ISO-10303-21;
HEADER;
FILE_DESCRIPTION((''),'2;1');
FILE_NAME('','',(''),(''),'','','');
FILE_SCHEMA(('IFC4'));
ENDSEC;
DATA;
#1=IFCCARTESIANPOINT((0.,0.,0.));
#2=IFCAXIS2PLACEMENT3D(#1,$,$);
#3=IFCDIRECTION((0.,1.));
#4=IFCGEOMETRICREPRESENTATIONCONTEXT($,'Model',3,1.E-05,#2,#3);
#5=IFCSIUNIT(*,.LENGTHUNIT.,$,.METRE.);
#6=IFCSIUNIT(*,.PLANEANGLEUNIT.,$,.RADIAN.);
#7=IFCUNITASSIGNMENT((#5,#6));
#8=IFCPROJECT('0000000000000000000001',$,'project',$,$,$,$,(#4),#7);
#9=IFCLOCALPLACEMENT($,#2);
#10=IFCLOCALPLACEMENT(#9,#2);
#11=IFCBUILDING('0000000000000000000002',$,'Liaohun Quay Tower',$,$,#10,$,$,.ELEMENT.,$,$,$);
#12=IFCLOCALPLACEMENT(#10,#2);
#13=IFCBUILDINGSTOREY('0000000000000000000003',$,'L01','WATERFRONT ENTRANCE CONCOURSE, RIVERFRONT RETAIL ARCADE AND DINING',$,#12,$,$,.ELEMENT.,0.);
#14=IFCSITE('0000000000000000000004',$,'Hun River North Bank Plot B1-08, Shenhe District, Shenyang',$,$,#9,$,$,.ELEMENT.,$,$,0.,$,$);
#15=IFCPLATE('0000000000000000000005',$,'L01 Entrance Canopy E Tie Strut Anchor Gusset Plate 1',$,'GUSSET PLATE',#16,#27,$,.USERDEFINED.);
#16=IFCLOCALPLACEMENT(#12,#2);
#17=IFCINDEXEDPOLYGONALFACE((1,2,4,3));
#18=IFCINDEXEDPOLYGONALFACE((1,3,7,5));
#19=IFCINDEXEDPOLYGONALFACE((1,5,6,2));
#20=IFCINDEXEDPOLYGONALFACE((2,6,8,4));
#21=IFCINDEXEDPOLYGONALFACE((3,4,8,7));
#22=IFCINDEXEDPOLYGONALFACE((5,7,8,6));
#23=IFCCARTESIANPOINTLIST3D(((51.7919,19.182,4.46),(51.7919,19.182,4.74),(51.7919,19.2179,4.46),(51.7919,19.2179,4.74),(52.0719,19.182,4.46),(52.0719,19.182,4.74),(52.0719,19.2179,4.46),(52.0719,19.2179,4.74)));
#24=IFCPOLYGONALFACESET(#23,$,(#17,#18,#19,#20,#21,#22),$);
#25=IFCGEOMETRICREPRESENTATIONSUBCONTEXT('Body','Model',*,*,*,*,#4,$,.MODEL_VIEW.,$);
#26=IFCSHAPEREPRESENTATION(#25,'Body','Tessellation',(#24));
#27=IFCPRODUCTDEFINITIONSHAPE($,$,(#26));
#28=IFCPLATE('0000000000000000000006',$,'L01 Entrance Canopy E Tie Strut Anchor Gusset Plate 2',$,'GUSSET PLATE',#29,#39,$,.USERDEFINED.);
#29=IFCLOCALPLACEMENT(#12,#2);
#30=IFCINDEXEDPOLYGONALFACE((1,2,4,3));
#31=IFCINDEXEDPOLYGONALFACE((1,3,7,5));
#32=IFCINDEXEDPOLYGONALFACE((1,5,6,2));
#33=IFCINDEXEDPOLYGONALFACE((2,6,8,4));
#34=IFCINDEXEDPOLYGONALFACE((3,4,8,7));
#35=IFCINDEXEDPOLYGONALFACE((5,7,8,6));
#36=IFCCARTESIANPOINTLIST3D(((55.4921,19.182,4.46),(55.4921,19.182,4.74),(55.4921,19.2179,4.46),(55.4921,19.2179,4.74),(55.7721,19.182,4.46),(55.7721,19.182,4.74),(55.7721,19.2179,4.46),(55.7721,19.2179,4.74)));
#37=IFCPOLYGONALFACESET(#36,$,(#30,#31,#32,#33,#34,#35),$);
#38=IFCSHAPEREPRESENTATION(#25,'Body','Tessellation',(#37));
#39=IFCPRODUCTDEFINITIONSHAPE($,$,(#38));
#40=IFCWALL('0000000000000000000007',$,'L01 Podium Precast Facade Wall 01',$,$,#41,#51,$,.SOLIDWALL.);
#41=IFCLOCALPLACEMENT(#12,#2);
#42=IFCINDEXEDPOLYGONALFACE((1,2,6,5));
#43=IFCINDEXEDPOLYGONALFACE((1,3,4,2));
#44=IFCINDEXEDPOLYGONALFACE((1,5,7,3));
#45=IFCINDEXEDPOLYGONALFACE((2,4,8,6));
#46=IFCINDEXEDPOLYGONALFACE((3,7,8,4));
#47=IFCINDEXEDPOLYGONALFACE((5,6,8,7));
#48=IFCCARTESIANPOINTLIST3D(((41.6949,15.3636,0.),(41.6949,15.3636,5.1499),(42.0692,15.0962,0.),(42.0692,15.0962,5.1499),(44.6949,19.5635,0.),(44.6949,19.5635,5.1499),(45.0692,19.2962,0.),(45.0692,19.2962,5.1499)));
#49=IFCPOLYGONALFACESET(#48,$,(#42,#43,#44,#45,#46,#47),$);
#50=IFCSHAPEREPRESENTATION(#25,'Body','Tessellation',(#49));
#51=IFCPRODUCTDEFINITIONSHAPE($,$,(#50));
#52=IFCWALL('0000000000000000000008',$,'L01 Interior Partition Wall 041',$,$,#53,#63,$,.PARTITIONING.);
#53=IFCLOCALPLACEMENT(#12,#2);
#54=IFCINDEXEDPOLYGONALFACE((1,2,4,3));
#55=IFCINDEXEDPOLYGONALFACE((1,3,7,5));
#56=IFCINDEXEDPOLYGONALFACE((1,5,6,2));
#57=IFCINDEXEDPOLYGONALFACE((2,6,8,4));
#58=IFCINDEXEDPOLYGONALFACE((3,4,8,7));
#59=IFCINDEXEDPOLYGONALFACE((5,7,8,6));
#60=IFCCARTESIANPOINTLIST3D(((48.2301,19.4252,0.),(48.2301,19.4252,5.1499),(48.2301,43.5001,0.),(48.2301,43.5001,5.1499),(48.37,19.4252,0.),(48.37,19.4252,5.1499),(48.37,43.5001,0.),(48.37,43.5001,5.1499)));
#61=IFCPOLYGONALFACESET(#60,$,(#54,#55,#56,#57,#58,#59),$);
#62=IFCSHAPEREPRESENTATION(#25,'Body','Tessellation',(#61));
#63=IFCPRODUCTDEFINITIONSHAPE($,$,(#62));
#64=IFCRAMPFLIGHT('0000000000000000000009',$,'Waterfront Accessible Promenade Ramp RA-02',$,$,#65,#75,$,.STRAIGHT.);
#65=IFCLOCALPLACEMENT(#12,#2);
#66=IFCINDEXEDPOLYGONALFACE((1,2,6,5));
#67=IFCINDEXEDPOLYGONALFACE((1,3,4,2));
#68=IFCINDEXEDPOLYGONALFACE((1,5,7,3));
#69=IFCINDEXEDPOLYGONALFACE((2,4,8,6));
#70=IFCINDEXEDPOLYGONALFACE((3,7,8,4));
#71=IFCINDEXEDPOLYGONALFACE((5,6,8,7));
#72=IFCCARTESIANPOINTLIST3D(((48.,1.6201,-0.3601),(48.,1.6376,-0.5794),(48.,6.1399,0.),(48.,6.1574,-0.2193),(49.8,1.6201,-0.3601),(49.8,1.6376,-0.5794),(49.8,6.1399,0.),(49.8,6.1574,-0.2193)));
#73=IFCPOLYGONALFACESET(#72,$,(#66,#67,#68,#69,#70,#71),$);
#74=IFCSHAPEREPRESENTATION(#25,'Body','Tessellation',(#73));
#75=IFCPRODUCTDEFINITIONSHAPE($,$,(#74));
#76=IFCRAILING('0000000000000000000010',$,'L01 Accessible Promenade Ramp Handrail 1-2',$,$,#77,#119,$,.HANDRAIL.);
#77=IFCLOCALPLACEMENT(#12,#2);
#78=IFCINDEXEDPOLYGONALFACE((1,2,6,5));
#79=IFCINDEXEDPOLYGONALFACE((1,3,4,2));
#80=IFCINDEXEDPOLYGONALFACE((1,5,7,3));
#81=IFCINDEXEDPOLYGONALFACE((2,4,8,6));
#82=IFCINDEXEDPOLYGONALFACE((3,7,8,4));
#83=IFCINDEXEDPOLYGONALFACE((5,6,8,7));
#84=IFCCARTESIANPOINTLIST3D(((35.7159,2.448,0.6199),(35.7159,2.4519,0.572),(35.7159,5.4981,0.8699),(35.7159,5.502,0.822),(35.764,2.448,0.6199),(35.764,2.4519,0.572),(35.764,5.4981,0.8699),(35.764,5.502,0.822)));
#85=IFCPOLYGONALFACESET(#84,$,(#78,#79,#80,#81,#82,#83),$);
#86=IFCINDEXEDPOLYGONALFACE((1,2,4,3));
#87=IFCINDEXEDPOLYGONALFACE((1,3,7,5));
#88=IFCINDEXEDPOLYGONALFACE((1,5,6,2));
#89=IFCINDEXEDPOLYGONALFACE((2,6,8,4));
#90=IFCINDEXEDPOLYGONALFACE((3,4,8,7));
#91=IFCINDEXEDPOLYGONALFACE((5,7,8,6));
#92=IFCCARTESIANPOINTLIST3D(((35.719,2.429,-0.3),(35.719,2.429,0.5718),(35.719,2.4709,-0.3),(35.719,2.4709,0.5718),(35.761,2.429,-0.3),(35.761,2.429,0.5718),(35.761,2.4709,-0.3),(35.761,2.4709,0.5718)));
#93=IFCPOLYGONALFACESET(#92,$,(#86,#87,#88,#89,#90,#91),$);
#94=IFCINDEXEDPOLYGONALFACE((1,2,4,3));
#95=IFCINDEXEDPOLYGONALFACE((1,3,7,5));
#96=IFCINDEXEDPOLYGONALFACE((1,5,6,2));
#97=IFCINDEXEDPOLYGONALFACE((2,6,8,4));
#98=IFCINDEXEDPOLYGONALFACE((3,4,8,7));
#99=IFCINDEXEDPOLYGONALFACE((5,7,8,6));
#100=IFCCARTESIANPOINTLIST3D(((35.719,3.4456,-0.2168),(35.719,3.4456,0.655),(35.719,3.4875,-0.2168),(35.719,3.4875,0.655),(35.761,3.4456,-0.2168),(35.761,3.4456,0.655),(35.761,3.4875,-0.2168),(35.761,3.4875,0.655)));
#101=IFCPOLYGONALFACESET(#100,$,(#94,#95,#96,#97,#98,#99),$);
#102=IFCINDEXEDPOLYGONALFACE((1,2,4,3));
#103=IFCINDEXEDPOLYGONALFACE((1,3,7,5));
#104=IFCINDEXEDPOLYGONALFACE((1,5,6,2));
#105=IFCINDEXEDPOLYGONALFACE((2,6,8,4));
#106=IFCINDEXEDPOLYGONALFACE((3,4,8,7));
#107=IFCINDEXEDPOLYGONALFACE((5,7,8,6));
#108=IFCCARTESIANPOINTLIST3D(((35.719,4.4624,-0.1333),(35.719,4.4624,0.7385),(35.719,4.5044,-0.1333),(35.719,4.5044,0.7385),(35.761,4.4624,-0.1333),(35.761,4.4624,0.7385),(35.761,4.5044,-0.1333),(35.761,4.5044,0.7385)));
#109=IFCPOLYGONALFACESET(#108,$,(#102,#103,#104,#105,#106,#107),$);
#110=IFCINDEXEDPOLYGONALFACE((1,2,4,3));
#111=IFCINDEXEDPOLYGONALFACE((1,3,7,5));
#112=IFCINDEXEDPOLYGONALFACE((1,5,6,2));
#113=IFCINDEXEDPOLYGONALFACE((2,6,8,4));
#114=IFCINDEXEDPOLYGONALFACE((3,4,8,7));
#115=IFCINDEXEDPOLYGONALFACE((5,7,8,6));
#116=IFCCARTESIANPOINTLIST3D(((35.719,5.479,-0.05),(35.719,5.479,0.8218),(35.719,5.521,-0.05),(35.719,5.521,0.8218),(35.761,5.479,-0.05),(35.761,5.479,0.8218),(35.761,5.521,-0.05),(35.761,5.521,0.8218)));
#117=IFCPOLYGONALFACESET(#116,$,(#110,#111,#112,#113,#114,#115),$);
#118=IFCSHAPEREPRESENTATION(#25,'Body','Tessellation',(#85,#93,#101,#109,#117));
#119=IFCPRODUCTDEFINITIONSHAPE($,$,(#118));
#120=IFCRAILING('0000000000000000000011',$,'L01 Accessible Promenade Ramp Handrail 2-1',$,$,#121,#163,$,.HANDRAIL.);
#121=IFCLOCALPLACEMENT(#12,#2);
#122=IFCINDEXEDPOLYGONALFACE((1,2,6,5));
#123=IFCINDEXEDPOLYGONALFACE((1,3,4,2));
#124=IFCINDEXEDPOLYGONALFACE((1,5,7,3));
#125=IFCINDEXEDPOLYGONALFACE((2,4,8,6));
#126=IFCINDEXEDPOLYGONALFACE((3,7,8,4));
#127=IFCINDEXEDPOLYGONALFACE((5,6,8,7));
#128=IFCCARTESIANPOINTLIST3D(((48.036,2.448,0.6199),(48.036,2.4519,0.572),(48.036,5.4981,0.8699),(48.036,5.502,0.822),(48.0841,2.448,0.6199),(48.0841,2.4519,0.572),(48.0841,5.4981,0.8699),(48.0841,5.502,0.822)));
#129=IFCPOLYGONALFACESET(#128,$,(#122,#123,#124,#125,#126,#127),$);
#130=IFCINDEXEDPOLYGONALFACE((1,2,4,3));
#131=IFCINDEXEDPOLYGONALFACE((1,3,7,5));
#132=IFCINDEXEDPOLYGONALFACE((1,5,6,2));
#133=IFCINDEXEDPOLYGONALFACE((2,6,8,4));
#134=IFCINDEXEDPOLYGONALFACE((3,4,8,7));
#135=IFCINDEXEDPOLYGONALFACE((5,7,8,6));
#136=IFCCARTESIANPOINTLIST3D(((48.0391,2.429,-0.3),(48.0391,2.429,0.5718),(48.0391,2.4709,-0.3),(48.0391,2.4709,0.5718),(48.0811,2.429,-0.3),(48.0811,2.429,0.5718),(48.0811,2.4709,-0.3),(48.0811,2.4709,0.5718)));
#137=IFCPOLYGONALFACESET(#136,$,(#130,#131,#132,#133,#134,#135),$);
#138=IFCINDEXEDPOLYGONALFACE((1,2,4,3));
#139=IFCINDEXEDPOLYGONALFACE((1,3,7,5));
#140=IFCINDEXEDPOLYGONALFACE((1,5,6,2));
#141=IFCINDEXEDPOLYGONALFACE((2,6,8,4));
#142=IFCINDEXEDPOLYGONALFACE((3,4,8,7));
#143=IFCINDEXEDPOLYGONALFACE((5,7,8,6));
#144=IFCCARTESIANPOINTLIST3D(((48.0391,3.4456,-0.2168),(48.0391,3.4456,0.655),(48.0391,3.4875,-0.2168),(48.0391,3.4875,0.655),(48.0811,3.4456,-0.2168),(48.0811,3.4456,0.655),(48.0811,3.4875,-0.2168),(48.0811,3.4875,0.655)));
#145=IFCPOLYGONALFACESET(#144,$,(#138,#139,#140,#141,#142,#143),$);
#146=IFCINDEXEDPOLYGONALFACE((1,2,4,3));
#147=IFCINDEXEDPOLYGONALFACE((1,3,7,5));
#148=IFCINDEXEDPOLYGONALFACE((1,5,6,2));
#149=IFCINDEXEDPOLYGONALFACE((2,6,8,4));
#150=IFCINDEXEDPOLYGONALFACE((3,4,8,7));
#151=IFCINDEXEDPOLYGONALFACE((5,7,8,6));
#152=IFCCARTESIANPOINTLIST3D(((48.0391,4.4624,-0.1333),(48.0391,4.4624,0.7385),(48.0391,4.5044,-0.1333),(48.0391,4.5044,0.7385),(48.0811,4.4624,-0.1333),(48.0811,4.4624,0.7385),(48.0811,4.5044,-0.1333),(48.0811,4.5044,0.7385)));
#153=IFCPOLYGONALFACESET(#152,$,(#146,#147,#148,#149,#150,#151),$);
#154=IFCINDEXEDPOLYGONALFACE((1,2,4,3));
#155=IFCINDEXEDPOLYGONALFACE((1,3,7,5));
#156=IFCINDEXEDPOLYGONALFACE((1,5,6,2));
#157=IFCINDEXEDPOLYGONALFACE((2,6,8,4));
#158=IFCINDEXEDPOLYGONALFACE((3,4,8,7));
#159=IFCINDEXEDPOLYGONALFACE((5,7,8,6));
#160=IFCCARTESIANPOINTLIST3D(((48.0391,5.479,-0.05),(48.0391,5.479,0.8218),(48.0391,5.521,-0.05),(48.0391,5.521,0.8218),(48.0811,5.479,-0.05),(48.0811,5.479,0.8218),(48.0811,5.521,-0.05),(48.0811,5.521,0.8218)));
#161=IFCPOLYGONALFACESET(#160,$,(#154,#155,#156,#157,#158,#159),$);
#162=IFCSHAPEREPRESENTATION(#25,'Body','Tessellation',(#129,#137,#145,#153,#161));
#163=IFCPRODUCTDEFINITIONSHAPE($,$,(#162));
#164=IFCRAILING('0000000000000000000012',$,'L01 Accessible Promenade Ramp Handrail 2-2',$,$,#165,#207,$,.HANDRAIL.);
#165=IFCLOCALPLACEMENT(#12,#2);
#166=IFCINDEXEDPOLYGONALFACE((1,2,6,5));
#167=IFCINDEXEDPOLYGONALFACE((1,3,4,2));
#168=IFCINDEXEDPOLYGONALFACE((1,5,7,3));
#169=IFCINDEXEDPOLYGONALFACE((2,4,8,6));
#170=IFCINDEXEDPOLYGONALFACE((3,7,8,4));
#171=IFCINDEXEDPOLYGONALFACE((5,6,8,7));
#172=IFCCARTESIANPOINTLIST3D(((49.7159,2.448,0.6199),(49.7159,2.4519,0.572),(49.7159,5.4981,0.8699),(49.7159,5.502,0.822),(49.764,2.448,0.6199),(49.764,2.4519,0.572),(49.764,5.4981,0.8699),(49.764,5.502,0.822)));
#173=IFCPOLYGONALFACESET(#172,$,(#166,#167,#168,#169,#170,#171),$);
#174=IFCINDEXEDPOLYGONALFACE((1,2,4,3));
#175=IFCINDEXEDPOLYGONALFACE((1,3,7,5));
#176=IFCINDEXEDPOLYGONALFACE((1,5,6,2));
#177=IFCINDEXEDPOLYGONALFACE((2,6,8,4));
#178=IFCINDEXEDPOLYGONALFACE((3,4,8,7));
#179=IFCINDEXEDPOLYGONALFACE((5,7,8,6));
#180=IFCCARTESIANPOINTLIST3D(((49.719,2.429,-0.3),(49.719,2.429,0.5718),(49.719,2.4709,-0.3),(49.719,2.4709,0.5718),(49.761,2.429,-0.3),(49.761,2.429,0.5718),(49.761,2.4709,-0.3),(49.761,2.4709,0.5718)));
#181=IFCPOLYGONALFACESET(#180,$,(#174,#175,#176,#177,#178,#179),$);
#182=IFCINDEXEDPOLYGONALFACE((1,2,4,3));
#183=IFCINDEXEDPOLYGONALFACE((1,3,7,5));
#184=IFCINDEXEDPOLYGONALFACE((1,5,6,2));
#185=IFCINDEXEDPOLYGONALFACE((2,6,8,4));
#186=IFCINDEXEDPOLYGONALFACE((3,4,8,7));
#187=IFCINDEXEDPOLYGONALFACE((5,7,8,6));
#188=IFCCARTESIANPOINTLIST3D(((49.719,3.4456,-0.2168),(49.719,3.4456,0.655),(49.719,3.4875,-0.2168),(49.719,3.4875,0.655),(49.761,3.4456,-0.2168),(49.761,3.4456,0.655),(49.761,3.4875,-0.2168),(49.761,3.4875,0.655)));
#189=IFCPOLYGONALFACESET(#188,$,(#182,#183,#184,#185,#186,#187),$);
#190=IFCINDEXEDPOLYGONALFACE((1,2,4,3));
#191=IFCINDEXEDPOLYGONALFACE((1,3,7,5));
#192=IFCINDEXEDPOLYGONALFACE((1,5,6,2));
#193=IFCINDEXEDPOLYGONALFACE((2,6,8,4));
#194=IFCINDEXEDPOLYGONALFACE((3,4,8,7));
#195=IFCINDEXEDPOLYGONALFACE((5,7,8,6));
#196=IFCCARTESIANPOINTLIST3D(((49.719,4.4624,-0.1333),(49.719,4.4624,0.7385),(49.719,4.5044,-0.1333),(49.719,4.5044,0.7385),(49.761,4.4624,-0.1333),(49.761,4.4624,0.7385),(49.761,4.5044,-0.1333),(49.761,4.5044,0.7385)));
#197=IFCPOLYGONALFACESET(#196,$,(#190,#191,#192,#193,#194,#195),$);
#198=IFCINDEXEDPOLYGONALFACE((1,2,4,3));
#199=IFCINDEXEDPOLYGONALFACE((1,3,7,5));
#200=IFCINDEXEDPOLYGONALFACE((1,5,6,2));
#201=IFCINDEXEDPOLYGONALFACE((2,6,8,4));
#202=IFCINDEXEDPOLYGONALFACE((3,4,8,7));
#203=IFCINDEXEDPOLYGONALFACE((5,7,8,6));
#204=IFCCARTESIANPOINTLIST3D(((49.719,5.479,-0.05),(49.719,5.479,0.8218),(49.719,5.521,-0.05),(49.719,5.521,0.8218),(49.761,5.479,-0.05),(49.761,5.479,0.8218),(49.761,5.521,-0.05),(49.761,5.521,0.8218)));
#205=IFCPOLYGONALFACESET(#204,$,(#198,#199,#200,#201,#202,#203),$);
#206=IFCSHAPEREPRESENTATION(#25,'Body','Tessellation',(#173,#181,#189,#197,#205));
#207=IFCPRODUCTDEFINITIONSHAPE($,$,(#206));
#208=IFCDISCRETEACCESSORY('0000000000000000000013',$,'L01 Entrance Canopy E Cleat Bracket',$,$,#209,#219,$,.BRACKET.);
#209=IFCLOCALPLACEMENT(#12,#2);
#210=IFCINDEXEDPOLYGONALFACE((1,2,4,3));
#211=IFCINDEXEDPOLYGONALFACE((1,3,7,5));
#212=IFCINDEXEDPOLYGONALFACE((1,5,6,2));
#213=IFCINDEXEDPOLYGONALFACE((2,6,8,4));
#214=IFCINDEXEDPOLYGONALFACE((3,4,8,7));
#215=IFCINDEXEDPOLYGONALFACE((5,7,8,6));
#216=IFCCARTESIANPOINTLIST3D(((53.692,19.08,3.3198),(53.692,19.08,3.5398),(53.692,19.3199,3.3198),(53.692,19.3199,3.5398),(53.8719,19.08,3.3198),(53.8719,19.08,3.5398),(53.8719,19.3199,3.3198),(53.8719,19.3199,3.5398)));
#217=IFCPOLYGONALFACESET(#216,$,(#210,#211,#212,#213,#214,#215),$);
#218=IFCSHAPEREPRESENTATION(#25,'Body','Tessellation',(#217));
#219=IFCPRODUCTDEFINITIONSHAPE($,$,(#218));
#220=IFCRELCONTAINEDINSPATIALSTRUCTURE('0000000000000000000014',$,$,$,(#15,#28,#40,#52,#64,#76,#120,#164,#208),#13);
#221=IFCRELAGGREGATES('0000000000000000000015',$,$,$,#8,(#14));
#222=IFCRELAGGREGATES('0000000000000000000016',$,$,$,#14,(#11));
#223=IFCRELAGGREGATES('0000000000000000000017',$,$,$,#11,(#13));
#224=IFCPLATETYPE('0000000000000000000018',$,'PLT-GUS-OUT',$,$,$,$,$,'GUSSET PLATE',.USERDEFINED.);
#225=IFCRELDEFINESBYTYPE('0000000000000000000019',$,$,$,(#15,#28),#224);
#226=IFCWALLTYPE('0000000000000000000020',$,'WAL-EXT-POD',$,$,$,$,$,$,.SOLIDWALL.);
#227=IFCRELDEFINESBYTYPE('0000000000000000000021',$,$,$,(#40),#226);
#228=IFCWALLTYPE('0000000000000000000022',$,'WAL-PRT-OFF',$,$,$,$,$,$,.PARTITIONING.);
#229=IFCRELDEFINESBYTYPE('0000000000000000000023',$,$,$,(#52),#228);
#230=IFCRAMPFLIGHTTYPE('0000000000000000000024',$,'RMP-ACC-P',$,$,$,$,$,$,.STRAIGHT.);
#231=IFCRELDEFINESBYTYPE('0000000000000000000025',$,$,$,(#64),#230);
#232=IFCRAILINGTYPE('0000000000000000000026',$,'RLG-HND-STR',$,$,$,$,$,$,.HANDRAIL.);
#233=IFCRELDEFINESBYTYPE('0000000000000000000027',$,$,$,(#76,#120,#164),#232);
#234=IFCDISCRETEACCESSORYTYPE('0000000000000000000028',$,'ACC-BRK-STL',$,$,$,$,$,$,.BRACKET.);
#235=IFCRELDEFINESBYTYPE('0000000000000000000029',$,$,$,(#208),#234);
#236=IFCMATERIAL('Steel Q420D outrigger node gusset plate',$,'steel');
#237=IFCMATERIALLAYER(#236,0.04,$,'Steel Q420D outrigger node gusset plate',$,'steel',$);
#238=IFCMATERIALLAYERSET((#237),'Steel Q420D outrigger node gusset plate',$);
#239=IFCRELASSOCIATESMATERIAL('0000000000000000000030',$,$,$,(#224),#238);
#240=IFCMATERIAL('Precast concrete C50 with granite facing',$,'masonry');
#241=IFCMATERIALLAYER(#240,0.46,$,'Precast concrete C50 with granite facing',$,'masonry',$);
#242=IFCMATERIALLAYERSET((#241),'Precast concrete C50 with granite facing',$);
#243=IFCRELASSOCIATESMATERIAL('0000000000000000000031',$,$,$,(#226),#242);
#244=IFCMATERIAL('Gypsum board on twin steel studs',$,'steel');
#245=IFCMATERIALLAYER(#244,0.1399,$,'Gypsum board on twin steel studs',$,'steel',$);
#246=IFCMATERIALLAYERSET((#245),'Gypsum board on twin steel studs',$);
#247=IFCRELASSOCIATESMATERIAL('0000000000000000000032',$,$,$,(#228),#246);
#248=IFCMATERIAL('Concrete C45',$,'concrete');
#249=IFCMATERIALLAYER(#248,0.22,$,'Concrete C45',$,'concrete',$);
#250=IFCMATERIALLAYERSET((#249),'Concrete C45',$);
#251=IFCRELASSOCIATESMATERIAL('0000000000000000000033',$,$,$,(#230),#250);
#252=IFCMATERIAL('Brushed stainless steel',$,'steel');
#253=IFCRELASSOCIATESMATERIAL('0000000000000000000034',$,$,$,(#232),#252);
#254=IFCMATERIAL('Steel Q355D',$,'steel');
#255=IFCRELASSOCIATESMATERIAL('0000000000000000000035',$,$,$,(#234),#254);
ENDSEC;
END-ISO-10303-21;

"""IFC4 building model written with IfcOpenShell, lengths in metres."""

from ifc_helpers import new_model, si_unit, direction, frame, frame_2d, origin, origin_2d, place, context, subcontext, project, spatial, polyline, rectangle, outline, extrude, source, transform, mapped, material, layer, layer_set, type_object, element, save


model = new_model("IFC4")

# Units and contexts
model_context = context("Model", 3, precision=1e-05, world=origin(), true_north=direction((0.0, 1.0)))
body_context = subcontext(model_context, "Body", "Model", "MODEL_VIEW")
ifc_project = project(units=[si_unit("LENGTHUNIT", "METRE"), si_unit("PLANEANGLEUNIT", "RADIAN")], contexts=[model_context])

# Site, building, storey
site_placement = place(None, origin())
site = spatial("IfcSite", under=ifc_project, at=site_placement, Name="Hun River North Bank Plot B1-08, Shenhe District, Shenyang", CompositionType="ELEMENT", RefElevation=0.0)
building_placement = place(site_placement, origin())
building = spatial("IfcBuilding", under=site, at=building_placement, Name="Liaohun Quay Tower", CompositionType="ELEMENT")
storey_placement = place(building_placement, origin())
storey = spatial("IfcBuildingStorey", under=building, at=storey_placement, Name="L01", Description="WATERFRONT ENTRANCE CONCOURSE, RIVERFRONT RETAIL ARCADE AND DINING", CompositionType="ELEMENT", Elevation=0.0)

# Shared definitions
ifc_material_1 = material(Name="Steel Q355D", Category="steel")

# Plates
ifc_material_2 = material(Name="Steel Q420D outrigger node gusset plate", Category="steel")
ifc_layer_1 = layer(ifc_material_2, 0.04, Name="Steel Q420D outrigger node gusset plate", Category="steel")
ifc_layer_set_1 = layer_set([ifc_layer_1], Name="Steel Q420D outrigger node gusset plate")
plate_type_1 = type_object("IfcPlateType", Name="PLT-GUS-OUT", ElementType="GUSSET PLATE", PredefinedType="USERDEFINED", material=ifc_layer_set_1)
shared_shape_1 = source(origin(), body_context, "Body", "SweptSolid", [
    extrude(rectangle(XDim=0.28, YDim=0.0359, at=origin_2d()), origin(), (0.0, 0.0, 1.0), 0.28),
])
for number, where, z_axis, x_axis, name in (
    (1, (51.9319, 19.2, 4.46), (0.0, 0.0, 1.0), (1.0, 0.0, 0.0), "L01 Entrance Canopy E Tie Strut Anchor Gusset Plate 1"),
    (2, (55.6321, 19.2, 4.46), (0.0, 0.0, 1.0), (1.0, 0.0, 0.0), "L01 Entrance Canopy E Tie Strut Anchor Gusset Plate 2"),
):
    element("IfcPlate", number, at=place(storey_placement, frame(where, z_axis=z_axis, x_axis=x_axis)), inside=storey, type_object=plate_type_1, Name=name, ObjectType="GUSSET PLATE", PredefinedType="USERDEFINED", context=body_context, shape_type="MappedRepresentation", body=[
        mapped(shared_shape_1, transform((0.0, 0.0, 0.0), x_axis=(1.0, 0.0, 0.0), y_axis=(0.0, 1.0, 0.0), z_axis=(0.0, 0.0, 1.0), scale=1.0)),
    ])

# Walls
ifc_material_3 = material(Name="Precast concrete C50 with granite facing", Category="masonry")
ifc_layer_2 = layer(ifc_material_3, 0.46, Name="Precast concrete C50 with granite facing", Category="masonry")
ifc_layer_set_2 = layer_set([ifc_layer_2], Name="Precast concrete C50 with granite facing")
wall_type_1 = type_object("IfcWallType", Name="WAL-EXT-POD", PredefinedType="SOLIDWALL", material=ifc_layer_set_2)
wall_1_placement = place(storey_placement, frame((41.8821, 15.23, 0.0), z_axis=(0.0, 0.0, 1.0), x_axis=(0.581243, 0.81373, 0.0)))
element("IfcWall", 3, at=wall_1_placement, inside=storey, type_object=wall_type_1, Name="L01 Podium Precast Facade Wall 01", PredefinedType="SOLIDWALL", context=body_context, shape_type="SweptSolid", body=[
    extrude(rectangle(XDim=5.1614, YDim=0.46, at=frame_2d((2.5806, 0.0))), origin(), (0.0, 0.0, 1.0), 5.1499),
])
ifc_material_4 = material(Name="Gypsum board on twin steel studs", Category="steel")
ifc_layer_3 = layer(ifc_material_4, 0.1399, Name="Gypsum board on twin steel studs", Category="steel")
ifc_layer_set_3 = layer_set([ifc_layer_3], Name="Gypsum board on twin steel studs")
wall_type_2 = type_object("IfcWallType", Name="WAL-PRT-OFF", PredefinedType="PARTITIONING", material=ifc_layer_set_3)
wall_2_placement = place(storey_placement, frame((48.3, 19.425, 0.0), z_axis=(0.0, 0.0, 1.0), x_axis=(0.0, 1.0, 0.0)))
element("IfcWall", 4, at=wall_2_placement, inside=storey, type_object=wall_type_2, Name="L01 Interior Partition Wall 041", PredefinedType="PARTITIONING", context=body_context, shape_type="SweptSolid", body=[
    extrude(rectangle(XDim=24.075, YDim=0.1399, at=frame_2d((12.0376, 0.0))), origin(), (0.0, 0.0, 1.0), 5.1499),
])

# Ramp flight
ifc_material_5 = material(Name="Concrete C45", Category="concrete")
ifc_layer_4 = layer(ifc_material_5, 0.22, Name="Concrete C45", Category="concrete")
ifc_layer_set_4 = layer_set([ifc_layer_4], Name="Concrete C45")
ramp_flight_type = type_object("IfcRampFlightType", Name="RMP-ACC-P", PredefinedType="STRAIGHT", material=ifc_layer_set_4)
ramp_flight_placement = place(storey_placement, frame((48.0, 1.6201, -0.3601), z_axis=(0.0, -0.079422, 0.996841), x_axis=(1.0, 0.0, 0.0)))
element("IfcRampFlight", 5, at=ramp_flight_placement, inside=storey, type_object=ramp_flight_type, Name="Waterfront Accessible Promenade Ramp RA-02", PredefinedType="STRAIGHT", context=body_context, shape_type="SweptSolid", body=[
    extrude(outline(polyline([(0.0, 0.0), (1.8, 0.0), (1.8, 4.5341), (0.0, 4.5341), (0.0, 0.0)])), origin(), (0.0, 0.0, -1.0), 0.22),
])

# Railings
ifc_material_6 = material(Name="Brushed stainless steel", Category="steel")
railing_type = type_object("IfcRailingType", Name="RLG-HND-STR", PredefinedType="HANDRAIL", material=ifc_material_6)
for number, where, name in (
    (6, (35.74, 2.45, -0.3), "L01 Accessible Promenade Ramp Handrail 1-2"),
    (7, (48.0601, 2.45, -0.3), "L01 Accessible Promenade Ramp Handrail 2-1"),
    (8, (49.74, 2.45, -0.3), "L01 Accessible Promenade Ramp Handrail 2-2"),
):
    element("IfcRailing", number, at=place(storey_placement, frame(where)), inside=storey, type_object=railing_type, Name=name, PredefinedType="HANDRAIL", context=body_context, shape_type="SweptSolid", body=[
        extrude(rectangle(XDim=0.0481, YDim=0.0481, at=origin_2d()), frame((0.0, 0.0, 0.896), z_axis=(0.0, 0.996658, 0.081692), x_axis=(-1.0, 0.0, 0.0)), (0.0, 0.0, 1.0), 3.0603),
        extrude(rectangle(XDim=0.042, YDim=0.042, at=origin_2d()), origin(), (0.0, 0.0, 1.0), 0.8718),
        extrude(rectangle(XDim=0.042, YDim=0.042, at=origin_2d()), frame((0.0, 1.0166, 0.0833)), (0.0, 0.0, 1.0), 0.8718),
        extrude(rectangle(XDim=0.042, YDim=0.042, at=origin_2d()), frame((0.0, 2.0334, 0.1667)), (0.0, 0.0, 1.0), 0.8718),
        extrude(rectangle(XDim=0.042, YDim=0.042, at=origin_2d()), frame((0.0, 3.05, 0.25)), (0.0, 0.0, 1.0), 0.8718),
    ])

# Discrete accessory
discrete_accessory_type = type_object("IfcDiscreteAccessoryType", Name="ACC-BRK-STL", PredefinedType="BRACKET", material=ifc_material_1)
shared_shape_2 = source(origin(), body_context, "Body", "SweptSolid", [
    extrude(rectangle(XDim=0.1799, YDim=0.24, at=origin_2d()), origin(), (0.0, 0.0, 1.0), 0.22),
])
discrete_accessory_placement = place(storey_placement, frame((53.782, 19.2, 3.3198), z_axis=(0.0, 0.0, 1.0), x_axis=(1.0, 0.0, 0.0)))
element("IfcDiscreteAccessory", 9, at=discrete_accessory_placement, inside=storey, type_object=discrete_accessory_type, Name="L01 Entrance Canopy E Cleat Bracket", PredefinedType="BRACKET", context=body_context, shape_type="MappedRepresentation", body=[
    mapped(shared_shape_2, transform((0.0, 0.0, 0.0), x_axis=(1.0, 0.0, 0.0), y_axis=(0.0, 1.0, 0.0), z_axis=(0.0, 0.0, 1.0), scale=1.0)),
])

save(model, "model.ifc")
